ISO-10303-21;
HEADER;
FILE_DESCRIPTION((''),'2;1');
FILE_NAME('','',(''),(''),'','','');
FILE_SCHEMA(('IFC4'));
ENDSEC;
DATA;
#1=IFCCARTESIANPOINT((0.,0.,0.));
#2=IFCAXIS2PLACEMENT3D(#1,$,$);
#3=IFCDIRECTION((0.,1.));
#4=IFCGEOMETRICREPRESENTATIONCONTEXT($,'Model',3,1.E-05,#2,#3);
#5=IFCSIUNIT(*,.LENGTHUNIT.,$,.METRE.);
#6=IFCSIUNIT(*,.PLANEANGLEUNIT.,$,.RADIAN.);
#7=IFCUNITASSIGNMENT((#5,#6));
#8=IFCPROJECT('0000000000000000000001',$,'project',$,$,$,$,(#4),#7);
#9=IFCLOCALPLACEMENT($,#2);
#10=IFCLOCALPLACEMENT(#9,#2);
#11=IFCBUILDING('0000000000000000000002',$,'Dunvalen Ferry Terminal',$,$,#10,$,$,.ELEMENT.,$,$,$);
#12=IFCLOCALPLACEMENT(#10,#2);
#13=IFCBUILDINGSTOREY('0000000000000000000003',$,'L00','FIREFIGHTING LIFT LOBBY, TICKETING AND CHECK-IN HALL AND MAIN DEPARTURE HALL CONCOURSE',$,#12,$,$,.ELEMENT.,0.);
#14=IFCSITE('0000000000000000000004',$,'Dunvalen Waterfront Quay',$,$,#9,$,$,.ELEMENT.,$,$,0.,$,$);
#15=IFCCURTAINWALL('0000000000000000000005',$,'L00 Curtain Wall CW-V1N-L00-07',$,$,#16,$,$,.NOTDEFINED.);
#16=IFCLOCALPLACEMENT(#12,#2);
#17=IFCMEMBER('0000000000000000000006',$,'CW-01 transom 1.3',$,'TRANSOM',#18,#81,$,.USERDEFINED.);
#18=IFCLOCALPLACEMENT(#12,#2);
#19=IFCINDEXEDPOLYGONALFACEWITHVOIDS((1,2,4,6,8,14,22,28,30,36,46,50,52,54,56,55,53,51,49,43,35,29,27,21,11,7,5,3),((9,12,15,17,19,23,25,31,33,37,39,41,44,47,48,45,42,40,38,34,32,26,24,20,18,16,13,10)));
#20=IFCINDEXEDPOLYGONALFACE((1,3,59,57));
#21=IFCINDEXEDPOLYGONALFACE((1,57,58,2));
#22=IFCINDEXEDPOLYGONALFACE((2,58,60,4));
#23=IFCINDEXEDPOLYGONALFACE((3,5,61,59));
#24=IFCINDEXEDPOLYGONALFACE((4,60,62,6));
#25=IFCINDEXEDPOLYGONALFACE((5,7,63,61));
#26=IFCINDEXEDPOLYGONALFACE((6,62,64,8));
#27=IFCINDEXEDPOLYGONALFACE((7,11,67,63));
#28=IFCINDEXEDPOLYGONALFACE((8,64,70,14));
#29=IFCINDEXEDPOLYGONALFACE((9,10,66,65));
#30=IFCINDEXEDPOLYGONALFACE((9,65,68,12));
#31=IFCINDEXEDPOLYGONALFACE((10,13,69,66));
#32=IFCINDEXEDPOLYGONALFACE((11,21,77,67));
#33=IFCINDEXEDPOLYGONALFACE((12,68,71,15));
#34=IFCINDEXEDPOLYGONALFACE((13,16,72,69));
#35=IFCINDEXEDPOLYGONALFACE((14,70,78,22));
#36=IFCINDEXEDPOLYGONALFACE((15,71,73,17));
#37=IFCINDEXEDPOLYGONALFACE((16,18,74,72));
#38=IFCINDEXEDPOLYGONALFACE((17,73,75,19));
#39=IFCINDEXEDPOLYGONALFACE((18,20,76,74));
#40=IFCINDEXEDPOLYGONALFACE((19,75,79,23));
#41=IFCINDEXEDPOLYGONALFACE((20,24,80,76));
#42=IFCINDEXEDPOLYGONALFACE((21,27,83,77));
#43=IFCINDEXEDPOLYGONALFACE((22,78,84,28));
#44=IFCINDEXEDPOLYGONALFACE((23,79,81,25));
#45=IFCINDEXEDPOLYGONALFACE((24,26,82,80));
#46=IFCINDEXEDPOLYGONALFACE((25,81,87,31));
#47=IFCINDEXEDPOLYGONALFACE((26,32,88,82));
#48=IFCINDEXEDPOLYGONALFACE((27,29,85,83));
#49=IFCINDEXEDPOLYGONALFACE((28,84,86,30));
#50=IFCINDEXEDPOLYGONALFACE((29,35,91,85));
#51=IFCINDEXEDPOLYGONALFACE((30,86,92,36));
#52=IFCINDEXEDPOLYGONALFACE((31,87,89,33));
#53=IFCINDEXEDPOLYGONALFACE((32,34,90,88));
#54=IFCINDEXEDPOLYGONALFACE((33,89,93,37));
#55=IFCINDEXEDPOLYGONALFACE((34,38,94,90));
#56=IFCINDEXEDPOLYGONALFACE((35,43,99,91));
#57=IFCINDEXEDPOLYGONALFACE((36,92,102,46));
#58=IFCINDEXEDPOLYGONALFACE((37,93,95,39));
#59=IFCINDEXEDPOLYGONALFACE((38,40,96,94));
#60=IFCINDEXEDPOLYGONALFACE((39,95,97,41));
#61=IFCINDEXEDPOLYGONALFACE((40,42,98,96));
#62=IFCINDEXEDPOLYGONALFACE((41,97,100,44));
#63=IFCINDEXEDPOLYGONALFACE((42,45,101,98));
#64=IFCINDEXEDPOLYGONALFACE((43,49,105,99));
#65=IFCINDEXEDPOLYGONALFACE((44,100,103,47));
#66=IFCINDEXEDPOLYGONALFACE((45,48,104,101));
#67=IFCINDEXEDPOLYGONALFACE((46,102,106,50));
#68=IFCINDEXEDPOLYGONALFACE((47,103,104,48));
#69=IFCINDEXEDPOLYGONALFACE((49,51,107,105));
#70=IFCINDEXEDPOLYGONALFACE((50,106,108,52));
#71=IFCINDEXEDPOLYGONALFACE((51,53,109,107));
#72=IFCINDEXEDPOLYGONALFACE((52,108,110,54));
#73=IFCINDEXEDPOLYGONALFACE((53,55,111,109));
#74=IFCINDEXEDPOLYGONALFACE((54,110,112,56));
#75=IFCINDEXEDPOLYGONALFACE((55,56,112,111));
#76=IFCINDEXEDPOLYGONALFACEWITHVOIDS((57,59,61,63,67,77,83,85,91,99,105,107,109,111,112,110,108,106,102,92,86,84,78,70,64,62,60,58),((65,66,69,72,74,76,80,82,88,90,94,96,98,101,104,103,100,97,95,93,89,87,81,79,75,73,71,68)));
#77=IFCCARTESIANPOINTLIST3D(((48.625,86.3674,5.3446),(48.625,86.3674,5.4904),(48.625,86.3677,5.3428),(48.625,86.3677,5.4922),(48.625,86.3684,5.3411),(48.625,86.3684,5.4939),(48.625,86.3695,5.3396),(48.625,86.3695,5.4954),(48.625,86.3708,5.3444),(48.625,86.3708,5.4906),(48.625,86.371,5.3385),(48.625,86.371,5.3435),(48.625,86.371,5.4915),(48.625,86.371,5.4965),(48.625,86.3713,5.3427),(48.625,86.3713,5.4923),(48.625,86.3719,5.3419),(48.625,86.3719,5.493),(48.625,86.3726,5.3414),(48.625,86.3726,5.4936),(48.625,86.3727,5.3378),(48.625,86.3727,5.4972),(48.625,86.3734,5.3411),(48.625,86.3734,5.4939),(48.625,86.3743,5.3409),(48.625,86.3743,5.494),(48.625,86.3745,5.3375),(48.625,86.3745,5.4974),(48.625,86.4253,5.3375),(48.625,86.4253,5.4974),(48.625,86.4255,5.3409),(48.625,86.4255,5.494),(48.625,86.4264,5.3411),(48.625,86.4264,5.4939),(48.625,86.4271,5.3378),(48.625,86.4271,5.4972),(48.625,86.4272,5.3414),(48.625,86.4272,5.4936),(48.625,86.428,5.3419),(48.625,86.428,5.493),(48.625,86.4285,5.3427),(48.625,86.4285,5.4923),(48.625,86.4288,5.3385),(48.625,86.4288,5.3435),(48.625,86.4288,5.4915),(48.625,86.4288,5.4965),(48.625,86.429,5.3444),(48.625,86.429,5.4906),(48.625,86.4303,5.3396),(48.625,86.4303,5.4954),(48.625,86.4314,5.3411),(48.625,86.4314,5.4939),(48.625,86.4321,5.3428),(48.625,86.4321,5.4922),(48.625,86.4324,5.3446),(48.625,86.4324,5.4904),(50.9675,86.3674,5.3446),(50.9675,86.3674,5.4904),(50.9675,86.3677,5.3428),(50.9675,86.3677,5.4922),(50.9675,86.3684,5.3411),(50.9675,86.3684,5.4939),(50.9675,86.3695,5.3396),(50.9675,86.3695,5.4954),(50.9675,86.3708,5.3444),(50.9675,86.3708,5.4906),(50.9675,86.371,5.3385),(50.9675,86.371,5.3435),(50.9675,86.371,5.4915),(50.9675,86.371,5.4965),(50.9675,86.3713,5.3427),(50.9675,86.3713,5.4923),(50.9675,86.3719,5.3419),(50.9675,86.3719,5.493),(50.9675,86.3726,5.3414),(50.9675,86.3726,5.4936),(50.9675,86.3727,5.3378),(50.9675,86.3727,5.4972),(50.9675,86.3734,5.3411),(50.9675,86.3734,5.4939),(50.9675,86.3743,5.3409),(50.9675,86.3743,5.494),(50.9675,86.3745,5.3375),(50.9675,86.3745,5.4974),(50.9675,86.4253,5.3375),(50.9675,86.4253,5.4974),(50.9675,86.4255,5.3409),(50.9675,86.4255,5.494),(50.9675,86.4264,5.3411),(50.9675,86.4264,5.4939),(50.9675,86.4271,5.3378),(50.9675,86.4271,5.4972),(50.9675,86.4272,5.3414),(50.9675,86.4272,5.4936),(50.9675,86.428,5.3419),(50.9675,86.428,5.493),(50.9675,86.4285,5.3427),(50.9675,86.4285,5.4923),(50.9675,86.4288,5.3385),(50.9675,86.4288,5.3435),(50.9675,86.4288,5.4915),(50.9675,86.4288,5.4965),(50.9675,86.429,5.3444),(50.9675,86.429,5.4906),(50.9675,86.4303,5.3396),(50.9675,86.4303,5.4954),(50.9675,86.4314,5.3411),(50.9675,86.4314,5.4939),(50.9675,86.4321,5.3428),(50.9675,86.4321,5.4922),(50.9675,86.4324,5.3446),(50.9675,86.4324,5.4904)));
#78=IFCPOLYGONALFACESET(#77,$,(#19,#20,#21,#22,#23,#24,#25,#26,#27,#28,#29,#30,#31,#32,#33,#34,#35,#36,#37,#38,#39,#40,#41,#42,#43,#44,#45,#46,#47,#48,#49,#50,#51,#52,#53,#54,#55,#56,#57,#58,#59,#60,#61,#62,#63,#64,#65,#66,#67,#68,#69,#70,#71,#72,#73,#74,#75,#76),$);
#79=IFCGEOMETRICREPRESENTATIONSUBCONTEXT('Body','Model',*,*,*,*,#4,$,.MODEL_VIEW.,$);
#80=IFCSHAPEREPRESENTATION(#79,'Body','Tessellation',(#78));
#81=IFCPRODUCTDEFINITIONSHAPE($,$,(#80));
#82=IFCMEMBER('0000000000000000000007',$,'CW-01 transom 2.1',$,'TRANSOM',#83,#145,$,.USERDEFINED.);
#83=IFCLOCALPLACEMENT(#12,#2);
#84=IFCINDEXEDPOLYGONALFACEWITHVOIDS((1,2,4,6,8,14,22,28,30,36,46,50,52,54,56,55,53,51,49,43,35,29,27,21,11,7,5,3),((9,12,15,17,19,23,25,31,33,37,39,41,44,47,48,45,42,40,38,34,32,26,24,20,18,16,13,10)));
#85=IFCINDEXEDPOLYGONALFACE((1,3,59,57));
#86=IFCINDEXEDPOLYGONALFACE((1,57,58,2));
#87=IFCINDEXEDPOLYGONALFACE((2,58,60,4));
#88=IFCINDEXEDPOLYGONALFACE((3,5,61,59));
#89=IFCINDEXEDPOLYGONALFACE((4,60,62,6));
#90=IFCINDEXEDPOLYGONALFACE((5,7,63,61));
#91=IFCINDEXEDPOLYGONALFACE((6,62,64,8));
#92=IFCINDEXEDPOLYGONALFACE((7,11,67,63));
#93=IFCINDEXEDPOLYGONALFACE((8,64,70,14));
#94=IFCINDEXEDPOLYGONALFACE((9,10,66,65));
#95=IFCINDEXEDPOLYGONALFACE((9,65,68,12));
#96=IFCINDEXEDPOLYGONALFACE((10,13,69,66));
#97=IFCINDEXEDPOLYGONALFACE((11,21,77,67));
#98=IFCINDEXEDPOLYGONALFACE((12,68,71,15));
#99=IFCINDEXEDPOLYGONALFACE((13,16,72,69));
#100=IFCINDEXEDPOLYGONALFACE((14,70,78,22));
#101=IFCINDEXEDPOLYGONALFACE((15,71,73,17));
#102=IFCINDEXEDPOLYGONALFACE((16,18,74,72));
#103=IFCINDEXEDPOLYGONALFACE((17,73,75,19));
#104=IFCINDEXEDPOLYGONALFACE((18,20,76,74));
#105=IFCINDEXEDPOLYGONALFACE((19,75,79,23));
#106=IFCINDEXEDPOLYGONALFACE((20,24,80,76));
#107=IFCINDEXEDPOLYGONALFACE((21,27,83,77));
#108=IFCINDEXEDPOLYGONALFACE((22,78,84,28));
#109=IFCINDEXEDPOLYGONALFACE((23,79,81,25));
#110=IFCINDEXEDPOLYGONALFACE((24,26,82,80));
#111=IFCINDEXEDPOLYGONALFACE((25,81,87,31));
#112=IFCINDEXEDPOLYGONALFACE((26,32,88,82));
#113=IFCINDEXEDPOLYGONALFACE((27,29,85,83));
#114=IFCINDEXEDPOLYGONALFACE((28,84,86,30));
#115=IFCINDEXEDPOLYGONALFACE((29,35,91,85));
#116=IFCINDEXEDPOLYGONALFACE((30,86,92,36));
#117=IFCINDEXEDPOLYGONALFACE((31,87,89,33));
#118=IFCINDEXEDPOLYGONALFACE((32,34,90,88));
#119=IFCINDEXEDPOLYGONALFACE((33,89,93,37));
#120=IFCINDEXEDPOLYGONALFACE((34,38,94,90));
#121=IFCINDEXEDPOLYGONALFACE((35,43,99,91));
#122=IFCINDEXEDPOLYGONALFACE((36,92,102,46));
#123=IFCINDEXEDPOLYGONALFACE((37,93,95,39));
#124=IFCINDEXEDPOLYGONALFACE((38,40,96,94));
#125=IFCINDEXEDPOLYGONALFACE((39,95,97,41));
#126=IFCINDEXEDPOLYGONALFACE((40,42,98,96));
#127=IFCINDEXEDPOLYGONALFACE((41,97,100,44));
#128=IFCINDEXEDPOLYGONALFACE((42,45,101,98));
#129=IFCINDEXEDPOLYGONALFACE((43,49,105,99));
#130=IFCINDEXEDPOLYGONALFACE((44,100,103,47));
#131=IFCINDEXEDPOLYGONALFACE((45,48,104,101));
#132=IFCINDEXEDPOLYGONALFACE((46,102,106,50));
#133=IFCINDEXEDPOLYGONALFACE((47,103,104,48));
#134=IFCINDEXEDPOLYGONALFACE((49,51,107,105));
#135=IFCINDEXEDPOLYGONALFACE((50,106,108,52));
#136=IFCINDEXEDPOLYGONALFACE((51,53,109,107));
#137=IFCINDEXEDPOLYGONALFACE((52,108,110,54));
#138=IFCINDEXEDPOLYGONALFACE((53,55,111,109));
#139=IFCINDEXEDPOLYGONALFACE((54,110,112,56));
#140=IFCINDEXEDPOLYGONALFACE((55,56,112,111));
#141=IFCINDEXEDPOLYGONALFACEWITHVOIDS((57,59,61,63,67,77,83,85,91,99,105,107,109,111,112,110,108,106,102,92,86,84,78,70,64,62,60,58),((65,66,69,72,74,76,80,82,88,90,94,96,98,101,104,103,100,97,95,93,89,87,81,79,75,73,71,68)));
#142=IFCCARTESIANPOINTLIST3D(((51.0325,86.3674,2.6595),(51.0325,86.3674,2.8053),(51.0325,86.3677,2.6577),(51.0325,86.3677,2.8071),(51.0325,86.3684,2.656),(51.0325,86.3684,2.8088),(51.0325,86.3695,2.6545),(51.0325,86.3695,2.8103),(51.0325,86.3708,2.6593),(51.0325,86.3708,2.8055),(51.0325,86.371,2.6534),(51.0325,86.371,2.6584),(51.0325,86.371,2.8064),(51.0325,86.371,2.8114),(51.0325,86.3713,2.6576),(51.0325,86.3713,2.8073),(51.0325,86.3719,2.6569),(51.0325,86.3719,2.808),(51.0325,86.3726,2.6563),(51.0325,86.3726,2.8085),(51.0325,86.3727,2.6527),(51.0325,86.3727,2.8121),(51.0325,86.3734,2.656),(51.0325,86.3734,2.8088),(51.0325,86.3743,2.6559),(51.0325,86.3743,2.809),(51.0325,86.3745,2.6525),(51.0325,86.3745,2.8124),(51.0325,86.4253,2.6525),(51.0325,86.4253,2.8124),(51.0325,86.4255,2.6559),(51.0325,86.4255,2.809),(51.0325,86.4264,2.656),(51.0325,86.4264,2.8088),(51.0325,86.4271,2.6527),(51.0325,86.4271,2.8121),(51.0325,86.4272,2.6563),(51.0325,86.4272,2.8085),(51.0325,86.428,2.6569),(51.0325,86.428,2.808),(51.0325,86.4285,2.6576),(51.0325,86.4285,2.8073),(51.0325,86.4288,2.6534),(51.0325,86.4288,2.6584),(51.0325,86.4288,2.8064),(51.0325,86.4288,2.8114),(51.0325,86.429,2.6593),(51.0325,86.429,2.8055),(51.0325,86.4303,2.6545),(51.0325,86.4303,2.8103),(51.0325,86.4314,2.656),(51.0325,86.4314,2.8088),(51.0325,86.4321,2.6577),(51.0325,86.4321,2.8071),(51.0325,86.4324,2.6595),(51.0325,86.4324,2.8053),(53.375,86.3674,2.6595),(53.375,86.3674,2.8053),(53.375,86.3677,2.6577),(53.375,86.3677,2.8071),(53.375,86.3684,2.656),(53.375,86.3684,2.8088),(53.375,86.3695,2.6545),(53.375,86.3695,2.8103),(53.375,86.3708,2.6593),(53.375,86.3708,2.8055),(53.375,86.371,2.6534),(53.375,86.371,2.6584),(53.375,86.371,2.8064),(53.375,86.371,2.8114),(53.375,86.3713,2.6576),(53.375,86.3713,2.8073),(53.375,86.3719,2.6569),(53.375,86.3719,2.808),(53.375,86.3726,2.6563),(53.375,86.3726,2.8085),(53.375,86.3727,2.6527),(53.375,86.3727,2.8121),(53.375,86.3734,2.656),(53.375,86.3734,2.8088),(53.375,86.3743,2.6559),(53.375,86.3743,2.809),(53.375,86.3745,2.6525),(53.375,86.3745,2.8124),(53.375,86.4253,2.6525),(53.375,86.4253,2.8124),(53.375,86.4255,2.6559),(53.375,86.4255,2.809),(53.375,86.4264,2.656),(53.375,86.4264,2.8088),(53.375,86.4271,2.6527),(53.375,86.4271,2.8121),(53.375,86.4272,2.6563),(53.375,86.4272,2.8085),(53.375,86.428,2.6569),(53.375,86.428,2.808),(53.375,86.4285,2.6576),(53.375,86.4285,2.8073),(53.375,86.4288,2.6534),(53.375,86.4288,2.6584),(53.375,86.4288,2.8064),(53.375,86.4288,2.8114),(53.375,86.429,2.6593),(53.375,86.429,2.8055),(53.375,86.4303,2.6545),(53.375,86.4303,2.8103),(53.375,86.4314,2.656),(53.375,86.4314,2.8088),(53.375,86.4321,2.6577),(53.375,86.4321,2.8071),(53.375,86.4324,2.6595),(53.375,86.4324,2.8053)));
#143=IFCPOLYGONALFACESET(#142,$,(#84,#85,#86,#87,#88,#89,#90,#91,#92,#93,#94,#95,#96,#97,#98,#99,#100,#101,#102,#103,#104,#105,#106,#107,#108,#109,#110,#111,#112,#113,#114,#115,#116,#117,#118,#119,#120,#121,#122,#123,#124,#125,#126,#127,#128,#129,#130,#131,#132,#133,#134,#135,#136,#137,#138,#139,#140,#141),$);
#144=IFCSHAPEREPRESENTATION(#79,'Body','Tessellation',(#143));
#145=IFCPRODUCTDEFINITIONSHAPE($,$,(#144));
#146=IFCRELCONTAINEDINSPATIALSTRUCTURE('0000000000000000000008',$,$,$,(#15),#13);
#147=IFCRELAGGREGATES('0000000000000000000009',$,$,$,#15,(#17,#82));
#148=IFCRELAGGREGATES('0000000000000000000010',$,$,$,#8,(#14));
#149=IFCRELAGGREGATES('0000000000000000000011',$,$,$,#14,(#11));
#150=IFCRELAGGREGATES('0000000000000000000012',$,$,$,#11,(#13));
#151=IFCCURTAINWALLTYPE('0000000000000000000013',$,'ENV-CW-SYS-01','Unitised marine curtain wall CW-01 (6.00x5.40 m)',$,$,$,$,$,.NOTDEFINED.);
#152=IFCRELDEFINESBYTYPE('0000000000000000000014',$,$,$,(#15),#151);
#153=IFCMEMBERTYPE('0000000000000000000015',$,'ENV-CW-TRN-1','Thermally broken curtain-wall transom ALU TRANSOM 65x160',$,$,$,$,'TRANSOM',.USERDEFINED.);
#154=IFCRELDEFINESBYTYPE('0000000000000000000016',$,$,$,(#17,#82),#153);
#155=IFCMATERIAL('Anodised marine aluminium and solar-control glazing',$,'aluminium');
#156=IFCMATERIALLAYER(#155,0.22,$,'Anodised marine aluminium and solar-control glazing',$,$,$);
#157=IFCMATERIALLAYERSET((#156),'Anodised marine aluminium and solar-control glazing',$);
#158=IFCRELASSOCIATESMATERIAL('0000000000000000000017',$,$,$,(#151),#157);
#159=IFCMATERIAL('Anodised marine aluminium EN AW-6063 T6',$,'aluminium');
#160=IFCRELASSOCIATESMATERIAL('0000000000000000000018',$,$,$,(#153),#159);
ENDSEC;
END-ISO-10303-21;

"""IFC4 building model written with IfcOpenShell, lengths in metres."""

from ifc_helpers import new_model, si_unit, direction, frame, origin, origin_2d, place, context, subcontext, project, spatial, hollow_rectangle, extrude, material, layer, layer_set, material_profile, profile_set, type_object, element, aggregate, save


model = new_model("IFC4")

# Units and contexts
model_context = context("Model", 3, precision=1e-05, world=origin(), true_north=direction((0.0, 1.0)))
body_context = subcontext(model_context, "Body", "Model", "MODEL_VIEW")
ifc_project = project(units=[si_unit("LENGTHUNIT", "METRE"), si_unit("PLANEANGLEUNIT", "RADIAN")], contexts=[model_context])

# Site, building, storey
site_placement = place(None, origin())
site = spatial("IfcSite", under=ifc_project, at=site_placement, Name="Dunvalen Waterfront Quay", CompositionType="ELEMENT", RefElevation=0.0)
building_placement = place(site_placement, origin())
building = spatial("IfcBuilding", under=site, at=building_placement, Name="Dunvalen Ferry Terminal", CompositionType="ELEMENT")
storey_placement = place(building_placement, origin())
storey = spatial("IfcBuildingStorey", under=building, at=storey_placement, Name="L00", Description="FIREFIGHTING LIFT LOBBY, TICKETING AND CHECK-IN HALL AND MAIN DEPARTURE HALL CONCOURSE", CompositionType="ELEMENT", Elevation=0.0)

# Shared definitions
ifc_material_1 = material(Name="Anodised marine aluminium and solar-control glazing", Category="aluminium")
ifc_layer_1 = layer(ifc_material_1, 0.22, Name="Anodised marine aluminium and solar-control glazing")
ifc_layer_set_1 = layer_set([ifc_layer_1], Name="Anodised marine aluminium and solar-control glazing")
curtain_wall_type = type_object("IfcCurtainWallType", Name="ENV-CW-SYS-01", Description="Unitised marine curtain wall CW-01 (6.00x5.40 m)", PredefinedType="NOTDEFINED", material=ifc_layer_set_1)
ifc_material_2 = material(Name="Anodised marine aluminium EN AW-6063 T6", Category="aluminium")

# Curtain wall, members
curtain_wall_1_placement = place(storey_placement, origin())
curtain_wall_1 = element("IfcCurtainWall", 1, at=curtain_wall_1_placement, inside=storey, type_object=curtain_wall_type, Name="L00 Curtain Wall CW-V1N-L00-07", PredefinedType="NOTDEFINED")
ifc_material_profile_1 = material_profile(ifc_material_2, hollow_rectangle(XDim=0.0649, YDim=0.1599, WallThickness=0.0034, InnerFilletRadius=0.0034, OuterFilletRadius=0.0071, at=origin_2d()), Name="Anodised marine aluminium EN AW-6063 T6")
ifc_profile_set_1 = profile_set([ifc_material_profile_1], Name="Anodised marine aluminium EN AW-6063 T6")
member_type_1 = type_object("IfcMemberType", Name="ENV-CW-TRN-1", Description="Thermally broken curtain-wall transom ALU TRANSOM 65x160", ElementType="TRANSOM", PredefinedType="USERDEFINED", material=ifc_profile_set_1)
member_1_placement = place(storey_placement, frame((48.625, 86.3999, 5.4175), z_axis=(1.0, 0.0, 0.0), x_axis=(0.0, 1.0, 0.0)))
member_1 = element("IfcMember", 2, at=member_1_placement, type_object=member_type_1, Name="CW-01 transom 1.3", ObjectType="TRANSOM", PredefinedType="USERDEFINED", context=body_context, shape_type="SweptSolid", body=[
    extrude(hollow_rectangle(XDim=0.0649, YDim=0.1599, WallThickness=0.0034, InnerFilletRadius=0.0034, OuterFilletRadius=0.0071, at=origin_2d()), origin(), (0.0, 0.0, 1.0), 2.3425),
])
member_2_placement = place(storey_placement, frame((51.0325, 86.3999, 2.7324), z_axis=(1.0, 0.0, 0.0), x_axis=(0.0, 1.0, 0.0)))
member_2 = element("IfcMember", 3, at=member_2_placement, type_object=member_type_1, Name="CW-01 transom 2.1", ObjectType="TRANSOM", PredefinedType="USERDEFINED", context=body_context, shape_type="SweptSolid", body=[
    extrude(hollow_rectangle(XDim=0.0649, YDim=0.1599, WallThickness=0.0034, InnerFilletRadius=0.0034, OuterFilletRadius=0.0071, at=origin_2d()), origin(), (0.0, 0.0, 1.0), 2.3425),
])

aggregate(curtain_wall_1, [member_1, member_2])

save(model, "model.ifc")
